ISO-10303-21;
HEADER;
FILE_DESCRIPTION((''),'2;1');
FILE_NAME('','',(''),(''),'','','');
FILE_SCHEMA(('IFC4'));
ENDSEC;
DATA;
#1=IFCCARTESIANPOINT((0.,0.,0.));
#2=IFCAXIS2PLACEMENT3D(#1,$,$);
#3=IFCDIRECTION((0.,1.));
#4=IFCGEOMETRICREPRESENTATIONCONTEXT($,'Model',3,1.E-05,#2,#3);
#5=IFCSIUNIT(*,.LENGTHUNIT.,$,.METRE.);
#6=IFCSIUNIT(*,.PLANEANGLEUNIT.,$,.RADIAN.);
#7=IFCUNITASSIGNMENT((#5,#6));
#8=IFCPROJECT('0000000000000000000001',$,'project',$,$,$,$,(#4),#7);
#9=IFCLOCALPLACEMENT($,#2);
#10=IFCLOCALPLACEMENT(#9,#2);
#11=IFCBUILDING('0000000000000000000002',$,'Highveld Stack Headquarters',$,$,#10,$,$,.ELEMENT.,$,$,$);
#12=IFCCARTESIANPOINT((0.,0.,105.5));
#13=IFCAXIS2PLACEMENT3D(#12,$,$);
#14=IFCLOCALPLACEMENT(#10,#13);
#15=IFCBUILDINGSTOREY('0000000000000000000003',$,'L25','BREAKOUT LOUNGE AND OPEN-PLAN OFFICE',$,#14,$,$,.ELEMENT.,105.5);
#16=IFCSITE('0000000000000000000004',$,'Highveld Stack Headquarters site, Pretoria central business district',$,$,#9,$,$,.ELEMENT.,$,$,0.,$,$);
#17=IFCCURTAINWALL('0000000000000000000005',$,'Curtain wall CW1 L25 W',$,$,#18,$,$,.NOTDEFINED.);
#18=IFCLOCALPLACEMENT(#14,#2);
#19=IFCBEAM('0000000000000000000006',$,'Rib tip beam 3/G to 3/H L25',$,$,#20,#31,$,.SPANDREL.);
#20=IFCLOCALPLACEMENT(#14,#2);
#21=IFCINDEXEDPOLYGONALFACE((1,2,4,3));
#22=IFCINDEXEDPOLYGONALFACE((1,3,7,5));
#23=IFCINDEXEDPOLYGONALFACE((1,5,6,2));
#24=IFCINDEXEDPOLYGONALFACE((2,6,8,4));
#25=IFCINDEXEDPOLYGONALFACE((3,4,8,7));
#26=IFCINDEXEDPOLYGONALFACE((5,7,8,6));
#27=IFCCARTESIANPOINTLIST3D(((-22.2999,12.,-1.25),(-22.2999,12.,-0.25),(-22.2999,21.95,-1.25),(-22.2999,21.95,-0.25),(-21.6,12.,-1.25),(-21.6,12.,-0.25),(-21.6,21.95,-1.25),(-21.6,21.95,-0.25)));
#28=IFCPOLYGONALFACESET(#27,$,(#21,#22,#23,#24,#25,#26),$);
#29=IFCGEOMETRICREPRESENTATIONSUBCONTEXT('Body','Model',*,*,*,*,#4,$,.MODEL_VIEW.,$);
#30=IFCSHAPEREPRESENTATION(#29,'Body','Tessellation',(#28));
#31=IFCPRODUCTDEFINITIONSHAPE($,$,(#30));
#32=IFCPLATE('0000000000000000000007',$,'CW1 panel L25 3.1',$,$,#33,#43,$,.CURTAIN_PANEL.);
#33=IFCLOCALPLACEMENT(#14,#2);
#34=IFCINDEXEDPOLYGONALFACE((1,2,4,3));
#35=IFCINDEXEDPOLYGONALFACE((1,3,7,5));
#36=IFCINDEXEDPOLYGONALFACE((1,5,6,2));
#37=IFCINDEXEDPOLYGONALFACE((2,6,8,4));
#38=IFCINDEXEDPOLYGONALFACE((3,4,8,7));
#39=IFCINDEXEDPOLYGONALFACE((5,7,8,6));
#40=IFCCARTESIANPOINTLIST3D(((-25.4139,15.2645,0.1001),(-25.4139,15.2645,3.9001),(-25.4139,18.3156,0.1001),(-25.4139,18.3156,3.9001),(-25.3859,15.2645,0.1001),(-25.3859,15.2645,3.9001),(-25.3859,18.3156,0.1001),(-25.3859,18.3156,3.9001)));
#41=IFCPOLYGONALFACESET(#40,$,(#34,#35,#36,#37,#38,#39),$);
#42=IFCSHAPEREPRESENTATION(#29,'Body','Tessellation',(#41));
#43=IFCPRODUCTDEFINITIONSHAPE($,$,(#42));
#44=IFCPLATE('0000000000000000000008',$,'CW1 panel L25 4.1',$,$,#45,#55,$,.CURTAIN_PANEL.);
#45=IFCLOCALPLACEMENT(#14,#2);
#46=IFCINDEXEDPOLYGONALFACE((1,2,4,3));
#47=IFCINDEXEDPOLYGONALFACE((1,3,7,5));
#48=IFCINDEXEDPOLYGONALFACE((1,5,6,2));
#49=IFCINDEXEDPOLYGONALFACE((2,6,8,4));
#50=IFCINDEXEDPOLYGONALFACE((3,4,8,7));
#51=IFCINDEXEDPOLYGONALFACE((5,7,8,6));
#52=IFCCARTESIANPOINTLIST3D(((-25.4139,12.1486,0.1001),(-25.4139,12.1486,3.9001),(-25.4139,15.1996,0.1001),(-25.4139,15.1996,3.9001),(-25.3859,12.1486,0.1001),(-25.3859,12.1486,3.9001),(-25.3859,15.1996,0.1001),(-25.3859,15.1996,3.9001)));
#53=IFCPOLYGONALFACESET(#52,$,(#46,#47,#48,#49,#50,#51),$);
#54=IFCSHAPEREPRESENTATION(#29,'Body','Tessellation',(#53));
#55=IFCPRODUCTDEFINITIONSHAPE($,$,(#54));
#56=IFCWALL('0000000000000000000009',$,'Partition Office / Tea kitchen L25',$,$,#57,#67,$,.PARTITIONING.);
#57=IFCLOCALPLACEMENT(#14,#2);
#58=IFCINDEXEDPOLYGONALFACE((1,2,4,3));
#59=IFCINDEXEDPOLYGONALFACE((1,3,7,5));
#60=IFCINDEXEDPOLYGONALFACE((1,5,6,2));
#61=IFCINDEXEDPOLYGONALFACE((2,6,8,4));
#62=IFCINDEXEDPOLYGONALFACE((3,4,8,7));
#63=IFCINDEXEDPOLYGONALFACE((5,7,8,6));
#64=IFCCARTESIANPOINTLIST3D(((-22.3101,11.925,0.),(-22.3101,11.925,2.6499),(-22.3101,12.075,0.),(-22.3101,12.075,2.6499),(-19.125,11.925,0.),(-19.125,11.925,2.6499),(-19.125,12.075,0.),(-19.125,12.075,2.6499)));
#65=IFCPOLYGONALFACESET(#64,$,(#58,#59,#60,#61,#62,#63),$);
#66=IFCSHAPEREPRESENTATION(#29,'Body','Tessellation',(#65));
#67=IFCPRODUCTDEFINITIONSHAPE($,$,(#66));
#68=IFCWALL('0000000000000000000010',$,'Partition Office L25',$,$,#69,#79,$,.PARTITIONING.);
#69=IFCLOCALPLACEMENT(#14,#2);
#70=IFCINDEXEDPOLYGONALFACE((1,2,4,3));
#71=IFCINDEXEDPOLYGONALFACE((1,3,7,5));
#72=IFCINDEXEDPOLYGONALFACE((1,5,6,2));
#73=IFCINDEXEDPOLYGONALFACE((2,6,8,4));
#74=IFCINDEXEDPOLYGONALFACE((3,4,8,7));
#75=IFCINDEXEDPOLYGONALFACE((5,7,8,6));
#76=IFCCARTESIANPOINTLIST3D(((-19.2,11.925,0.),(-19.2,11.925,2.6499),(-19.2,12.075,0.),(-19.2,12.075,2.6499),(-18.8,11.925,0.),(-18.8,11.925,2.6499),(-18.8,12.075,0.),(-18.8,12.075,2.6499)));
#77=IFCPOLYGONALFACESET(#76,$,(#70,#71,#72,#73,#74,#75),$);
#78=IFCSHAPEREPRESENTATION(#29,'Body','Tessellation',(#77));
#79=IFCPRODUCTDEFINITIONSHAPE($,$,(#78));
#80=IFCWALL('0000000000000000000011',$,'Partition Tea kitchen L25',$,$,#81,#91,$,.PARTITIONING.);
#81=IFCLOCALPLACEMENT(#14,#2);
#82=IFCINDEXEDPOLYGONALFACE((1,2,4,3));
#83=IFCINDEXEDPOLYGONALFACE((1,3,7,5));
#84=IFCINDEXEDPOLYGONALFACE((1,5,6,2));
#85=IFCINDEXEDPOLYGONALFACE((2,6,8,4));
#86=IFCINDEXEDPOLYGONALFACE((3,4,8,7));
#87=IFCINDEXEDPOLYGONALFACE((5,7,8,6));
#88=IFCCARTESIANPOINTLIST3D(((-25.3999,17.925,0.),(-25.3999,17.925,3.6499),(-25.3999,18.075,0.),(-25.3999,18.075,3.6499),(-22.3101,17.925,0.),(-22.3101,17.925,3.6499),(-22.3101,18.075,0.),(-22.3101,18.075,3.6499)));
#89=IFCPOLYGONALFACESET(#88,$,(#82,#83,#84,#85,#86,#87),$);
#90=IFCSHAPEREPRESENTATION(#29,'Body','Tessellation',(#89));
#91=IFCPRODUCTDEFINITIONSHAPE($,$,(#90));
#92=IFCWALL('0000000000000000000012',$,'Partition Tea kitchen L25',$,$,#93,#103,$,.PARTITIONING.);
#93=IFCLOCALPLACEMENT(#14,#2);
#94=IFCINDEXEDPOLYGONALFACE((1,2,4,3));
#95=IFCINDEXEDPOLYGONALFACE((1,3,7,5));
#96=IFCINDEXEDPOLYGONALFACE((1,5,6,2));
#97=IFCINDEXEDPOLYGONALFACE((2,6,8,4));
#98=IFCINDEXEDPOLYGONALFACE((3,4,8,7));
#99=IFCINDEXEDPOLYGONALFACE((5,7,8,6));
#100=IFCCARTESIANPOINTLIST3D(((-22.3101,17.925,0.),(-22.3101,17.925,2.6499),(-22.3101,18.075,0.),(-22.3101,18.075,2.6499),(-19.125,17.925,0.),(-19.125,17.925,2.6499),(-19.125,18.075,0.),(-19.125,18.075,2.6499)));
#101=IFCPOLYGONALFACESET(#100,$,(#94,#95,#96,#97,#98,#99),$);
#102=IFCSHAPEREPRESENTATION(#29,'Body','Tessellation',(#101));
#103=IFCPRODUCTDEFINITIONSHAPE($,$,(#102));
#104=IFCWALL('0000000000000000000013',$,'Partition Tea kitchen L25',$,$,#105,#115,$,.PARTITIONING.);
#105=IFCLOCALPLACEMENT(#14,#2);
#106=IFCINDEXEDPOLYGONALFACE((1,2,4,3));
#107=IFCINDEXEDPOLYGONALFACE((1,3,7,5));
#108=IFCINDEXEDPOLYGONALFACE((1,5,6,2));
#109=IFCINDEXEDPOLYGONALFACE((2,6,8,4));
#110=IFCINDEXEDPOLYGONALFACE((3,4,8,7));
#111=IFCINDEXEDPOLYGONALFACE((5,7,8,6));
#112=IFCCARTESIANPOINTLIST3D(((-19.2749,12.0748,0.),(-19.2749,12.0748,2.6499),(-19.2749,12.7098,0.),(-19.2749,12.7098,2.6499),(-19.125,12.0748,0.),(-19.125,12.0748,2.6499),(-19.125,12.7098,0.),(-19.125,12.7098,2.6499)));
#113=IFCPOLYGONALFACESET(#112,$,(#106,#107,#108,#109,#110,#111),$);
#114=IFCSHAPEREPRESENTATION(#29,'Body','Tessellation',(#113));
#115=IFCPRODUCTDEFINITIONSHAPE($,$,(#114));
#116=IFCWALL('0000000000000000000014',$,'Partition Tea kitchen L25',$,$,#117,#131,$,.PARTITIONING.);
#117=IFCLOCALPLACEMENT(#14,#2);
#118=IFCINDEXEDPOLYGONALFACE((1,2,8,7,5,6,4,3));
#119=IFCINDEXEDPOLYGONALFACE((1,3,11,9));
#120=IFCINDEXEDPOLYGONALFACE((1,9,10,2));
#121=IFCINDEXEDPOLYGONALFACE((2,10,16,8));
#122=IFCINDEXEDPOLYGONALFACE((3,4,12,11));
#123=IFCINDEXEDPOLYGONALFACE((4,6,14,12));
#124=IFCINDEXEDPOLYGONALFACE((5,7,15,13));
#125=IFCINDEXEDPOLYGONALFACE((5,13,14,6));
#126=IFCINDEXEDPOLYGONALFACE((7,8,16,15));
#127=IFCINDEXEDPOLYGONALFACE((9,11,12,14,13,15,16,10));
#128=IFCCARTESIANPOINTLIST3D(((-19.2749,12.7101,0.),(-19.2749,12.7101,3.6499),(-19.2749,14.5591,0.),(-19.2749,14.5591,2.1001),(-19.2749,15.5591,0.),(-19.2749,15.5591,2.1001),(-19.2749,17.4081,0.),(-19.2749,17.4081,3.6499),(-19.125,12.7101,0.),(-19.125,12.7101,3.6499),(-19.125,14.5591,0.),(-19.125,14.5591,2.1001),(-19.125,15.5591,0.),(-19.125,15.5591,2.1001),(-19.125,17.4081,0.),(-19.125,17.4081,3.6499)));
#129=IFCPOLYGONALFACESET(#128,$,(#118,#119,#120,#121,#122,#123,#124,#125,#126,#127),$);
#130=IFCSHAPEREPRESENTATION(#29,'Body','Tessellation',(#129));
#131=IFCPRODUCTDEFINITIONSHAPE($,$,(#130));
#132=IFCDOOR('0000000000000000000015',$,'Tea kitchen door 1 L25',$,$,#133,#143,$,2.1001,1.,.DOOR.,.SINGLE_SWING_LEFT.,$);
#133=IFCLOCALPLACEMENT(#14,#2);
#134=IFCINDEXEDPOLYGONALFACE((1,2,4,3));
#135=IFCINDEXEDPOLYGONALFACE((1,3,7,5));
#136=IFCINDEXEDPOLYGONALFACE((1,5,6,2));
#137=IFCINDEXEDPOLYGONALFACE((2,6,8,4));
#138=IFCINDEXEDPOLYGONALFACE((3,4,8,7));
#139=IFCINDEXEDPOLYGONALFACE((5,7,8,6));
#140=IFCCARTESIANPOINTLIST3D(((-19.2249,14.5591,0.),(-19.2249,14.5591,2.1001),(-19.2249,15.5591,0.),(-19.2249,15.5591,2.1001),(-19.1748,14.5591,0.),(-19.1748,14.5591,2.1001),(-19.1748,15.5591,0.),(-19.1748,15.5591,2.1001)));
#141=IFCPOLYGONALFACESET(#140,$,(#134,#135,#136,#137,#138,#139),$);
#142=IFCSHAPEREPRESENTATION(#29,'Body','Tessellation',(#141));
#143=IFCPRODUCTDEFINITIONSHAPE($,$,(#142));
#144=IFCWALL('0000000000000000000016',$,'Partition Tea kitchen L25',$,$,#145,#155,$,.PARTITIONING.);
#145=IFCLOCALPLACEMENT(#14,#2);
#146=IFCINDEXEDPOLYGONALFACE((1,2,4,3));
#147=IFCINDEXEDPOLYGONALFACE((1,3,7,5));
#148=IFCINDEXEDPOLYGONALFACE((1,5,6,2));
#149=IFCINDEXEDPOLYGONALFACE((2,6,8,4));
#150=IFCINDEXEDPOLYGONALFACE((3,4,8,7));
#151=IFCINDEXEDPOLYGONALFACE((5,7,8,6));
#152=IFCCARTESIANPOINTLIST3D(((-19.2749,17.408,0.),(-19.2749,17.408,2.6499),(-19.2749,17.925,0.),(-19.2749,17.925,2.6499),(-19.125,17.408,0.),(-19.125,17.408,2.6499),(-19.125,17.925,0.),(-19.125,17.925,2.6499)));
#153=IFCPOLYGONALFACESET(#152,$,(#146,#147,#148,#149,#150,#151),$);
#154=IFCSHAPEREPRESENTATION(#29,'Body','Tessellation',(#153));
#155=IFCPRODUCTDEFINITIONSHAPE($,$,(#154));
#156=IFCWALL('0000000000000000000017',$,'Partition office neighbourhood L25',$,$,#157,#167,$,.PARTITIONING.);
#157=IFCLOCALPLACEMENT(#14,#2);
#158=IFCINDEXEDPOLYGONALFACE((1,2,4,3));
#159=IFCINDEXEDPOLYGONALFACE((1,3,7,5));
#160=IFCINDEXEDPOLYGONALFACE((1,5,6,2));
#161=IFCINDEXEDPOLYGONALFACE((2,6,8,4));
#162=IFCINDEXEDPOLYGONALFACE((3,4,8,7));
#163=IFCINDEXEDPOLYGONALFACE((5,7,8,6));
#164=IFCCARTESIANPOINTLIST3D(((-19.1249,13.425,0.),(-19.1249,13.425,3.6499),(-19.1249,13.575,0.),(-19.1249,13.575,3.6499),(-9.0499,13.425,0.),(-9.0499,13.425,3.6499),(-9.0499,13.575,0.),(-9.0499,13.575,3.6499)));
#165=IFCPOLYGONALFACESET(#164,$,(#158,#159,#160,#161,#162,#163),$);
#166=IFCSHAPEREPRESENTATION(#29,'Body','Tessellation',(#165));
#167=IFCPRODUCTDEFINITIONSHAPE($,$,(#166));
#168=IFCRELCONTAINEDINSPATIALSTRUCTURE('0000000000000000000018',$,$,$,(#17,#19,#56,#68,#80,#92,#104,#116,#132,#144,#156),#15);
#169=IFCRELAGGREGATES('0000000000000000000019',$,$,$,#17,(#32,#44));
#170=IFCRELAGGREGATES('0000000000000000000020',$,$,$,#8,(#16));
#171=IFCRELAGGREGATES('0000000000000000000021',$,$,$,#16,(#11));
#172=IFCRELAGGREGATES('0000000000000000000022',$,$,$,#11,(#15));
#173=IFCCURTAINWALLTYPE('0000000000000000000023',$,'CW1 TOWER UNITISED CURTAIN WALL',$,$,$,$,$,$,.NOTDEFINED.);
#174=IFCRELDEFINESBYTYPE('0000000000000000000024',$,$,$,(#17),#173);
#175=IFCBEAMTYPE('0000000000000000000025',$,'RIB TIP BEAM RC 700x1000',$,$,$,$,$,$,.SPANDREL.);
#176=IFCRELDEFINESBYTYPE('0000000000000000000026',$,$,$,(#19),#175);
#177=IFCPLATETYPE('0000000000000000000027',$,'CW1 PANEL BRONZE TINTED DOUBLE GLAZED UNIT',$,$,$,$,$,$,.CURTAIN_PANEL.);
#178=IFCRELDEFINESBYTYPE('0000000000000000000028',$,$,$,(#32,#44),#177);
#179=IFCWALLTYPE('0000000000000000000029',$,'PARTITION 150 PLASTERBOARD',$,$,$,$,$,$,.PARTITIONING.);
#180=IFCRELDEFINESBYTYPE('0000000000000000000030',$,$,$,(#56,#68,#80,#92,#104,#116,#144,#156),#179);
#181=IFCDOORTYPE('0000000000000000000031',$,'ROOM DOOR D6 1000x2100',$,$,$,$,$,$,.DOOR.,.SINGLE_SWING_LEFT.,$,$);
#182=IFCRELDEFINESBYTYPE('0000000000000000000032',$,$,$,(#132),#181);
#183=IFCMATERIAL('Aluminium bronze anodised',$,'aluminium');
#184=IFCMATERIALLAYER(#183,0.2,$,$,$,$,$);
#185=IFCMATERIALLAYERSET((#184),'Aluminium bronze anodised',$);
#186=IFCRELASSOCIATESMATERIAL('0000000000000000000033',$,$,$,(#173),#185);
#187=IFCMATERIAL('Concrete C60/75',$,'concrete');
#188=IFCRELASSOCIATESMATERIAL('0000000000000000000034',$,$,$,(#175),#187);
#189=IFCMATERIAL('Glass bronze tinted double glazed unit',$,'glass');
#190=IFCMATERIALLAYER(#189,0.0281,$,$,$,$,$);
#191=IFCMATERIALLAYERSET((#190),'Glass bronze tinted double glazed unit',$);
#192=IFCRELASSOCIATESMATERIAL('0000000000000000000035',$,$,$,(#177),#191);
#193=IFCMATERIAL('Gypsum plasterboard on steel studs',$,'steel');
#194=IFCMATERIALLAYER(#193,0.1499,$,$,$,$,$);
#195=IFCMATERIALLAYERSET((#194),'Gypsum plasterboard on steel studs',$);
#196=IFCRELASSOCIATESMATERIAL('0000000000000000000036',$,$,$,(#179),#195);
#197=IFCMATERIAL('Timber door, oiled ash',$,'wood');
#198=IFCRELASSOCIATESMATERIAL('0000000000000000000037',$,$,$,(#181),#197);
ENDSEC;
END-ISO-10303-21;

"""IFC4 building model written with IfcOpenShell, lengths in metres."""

from ifc_helpers import new_model, si_unit, direction, frame, frame_2d, origin, origin_2d, place, context, subcontext, project, spatial, rectangle, extrude, material, layer, layer_set, material_profile, profile_set, type_object, element, fill, aggregate, save


model = new_model("IFC4")

# Units and contexts
model_context = context("Model", 3, precision=1e-05, world=origin(), true_north=direction((0.0, 1.0)))
body_context = subcontext(model_context, "Body", "Model", "MODEL_VIEW")
ifc_project = project(units=[si_unit("LENGTHUNIT", "METRE"), si_unit("PLANEANGLEUNIT", "RADIAN")], contexts=[model_context])

# Site, building, storey
site_placement = place(None, origin())
site = spatial("IfcSite", under=ifc_project, at=site_placement, Name="Highveld Stack Headquarters site, Pretoria central business district", CompositionType="ELEMENT", RefElevation=0.0)
building_placement = place(site_placement, origin())
building = spatial("IfcBuilding", under=site, at=building_placement, Name="Highveld Stack Headquarters", CompositionType="ELEMENT")
storey_placement = place(building_placement, frame((0.0, 0.0, 105.5)))
storey = spatial("IfcBuildingStorey", under=building, at=storey_placement, Name="L25", Description="BREAKOUT LOUNGE AND OPEN-PLAN OFFICE", CompositionType="ELEMENT", Elevation=105.5)

# Curtain wall
ifc_material_1 = material(Name="Aluminium bronze anodised", Category="aluminium")
ifc_layer_1 = layer(ifc_material_1, 0.2)
ifc_layer_set_1 = layer_set([ifc_layer_1], Name="Aluminium bronze anodised")
curtain_wall_type = type_object("IfcCurtainWallType", Name="CW1 TOWER UNITISED CURTAIN WALL", PredefinedType="NOTDEFINED", material=ifc_layer_set_1)
curtain_wall_placement = place(storey_placement, origin())
curtain_wall = element("IfcCurtainWall", 1, at=curtain_wall_placement, inside=storey, type_object=curtain_wall_type, Name="Curtain wall CW1 L25 W", PredefinedType="NOTDEFINED")

# Beam
ifc_material_2 = material(Name="Concrete C60/75", Category="concrete")
ifc_material_profile_1 = material_profile(ifc_material_2, rectangle(XDim=0.7, YDim=1.0, at=origin_2d()), Name="RC 700x1000")
ifc_profile_set_1 = profile_set([ifc_material_profile_1], Name="Concrete C60/75")
beam_type_1 = type_object("IfcBeamType", Name="RIB TIP BEAM RC 700x1000", PredefinedType="SPANDREL", material=ifc_profile_set_1)
beam_1_placement = place(storey_placement, frame((-21.95, 12.0, -0.75), z_axis=(0.0, 1.0, 0.0), x_axis=(-1.0, 0.0, 0.0)))
element("IfcBeam", 2, at=beam_1_placement, inside=storey, type_object=beam_type_1, Name="Rib tip beam 3/G to 3/H L25", PredefinedType="SPANDREL", context=body_context, shape_type="SweptSolid", body=[
    extrude(rectangle(XDim=0.7, YDim=1.0, at=origin_2d()), origin(), (0.0, 0.0, 1.0), 9.95),
])

# Plates
ifc_material_3 = material(Name="Glass bronze tinted double glazed unit", Category="glass")
ifc_layer_2 = layer(ifc_material_3, 0.0281)
ifc_layer_set_2 = layer_set([ifc_layer_2], Name="Glass bronze tinted double glazed unit")
plate_type = type_object("IfcPlateType", Name="CW1 PANEL BRONZE TINTED DOUBLE GLAZED UNIT", PredefinedType="CURTAIN_PANEL", material=ifc_layer_set_2)
plate_1_placement = place(storey_placement, frame((-25.3999, 16.79, 0.1001), z_axis=(0.0, 0.0, 1.0), x_axis=(0.0, -1.0, 0.0)))
plate_1 = element("IfcPlate", 3, at=plate_1_placement, type_object=plate_type, Name="CW1 panel L25 3.1", PredefinedType="CURTAIN_PANEL", context=body_context, shape_type="SweptSolid", body=[
    extrude(rectangle(XDim=3.051, YDim=0.0281, at=origin_2d()), origin(), (0.0, 0.0, 1.0), 3.8),
])
plate_2_placement = place(storey_placement, frame((-25.3999, 13.6741, 0.1001), z_axis=(0.0, 0.0, 1.0), x_axis=(0.0, -1.0, 0.0)))
plate_2 = element("IfcPlate", 4, at=plate_2_placement, type_object=plate_type, Name="CW1 panel L25 4.1", PredefinedType="CURTAIN_PANEL", context=body_context, shape_type="SweptSolid", body=[
    extrude(rectangle(XDim=3.051, YDim=0.0281, at=origin_2d()), origin(), (0.0, 0.0, 1.0), 3.8),
])
aggregate(curtain_wall, [plate_1, plate_2])

# Walls
ifc_material_4 = material(Name="Gypsum plasterboard on steel studs", Category="steel")
ifc_layer_3 = layer(ifc_material_4, 0.1499)
ifc_layer_set_3 = layer_set([ifc_layer_3], Name="Gypsum plasterboard on steel studs")
wall_type = type_object("IfcWallType", Name="PARTITION 150 PLASTERBOARD", PredefinedType="PARTITIONING", material=ifc_layer_set_3)
wall_1_placement = place(storey_placement, frame((-22.3101, 12.0, 0.0), z_axis=(0.0, 0.0, 1.0), x_axis=(1.0, 0.0, 0.0)))
element("IfcWall", 5, at=wall_1_placement, inside=storey, type_object=wall_type, Name="Partition Office / Tea kitchen L25", PredefinedType="PARTITIONING", context=body_context, shape_type="SweptSolid", body=[
    extrude(rectangle(XDim=3.1851, YDim=0.1499, at=frame_2d((1.5925, 0.0))), origin(), (0.0, 0.0, 1.0), 2.6499),
])
wall_2_placement = place(storey_placement, frame((-19.2, 12.0, 0.0), z_axis=(0.0, 0.0, 1.0), x_axis=(1.0, 0.0, 0.0)))
element("IfcWall", 6, at=wall_2_placement, inside=storey, type_object=wall_type, Name="Partition Office L25", PredefinedType="PARTITIONING", context=body_context, shape_type="SweptSolid", body=[
    extrude(rectangle(XDim=0.3999, YDim=0.1499, at=frame_2d((0.2, 0.0))), origin(), (0.0, 0.0, 1.0), 2.6499),
])
wall_3_placement = place(storey_placement, frame((-25.3999, 18.0, 0.0), z_axis=(0.0, 0.0, 1.0), x_axis=(1.0, 0.0, 0.0)))
element("IfcWall", 7, at=wall_3_placement, inside=storey, type_object=wall_type, Name="Partition Tea kitchen L25", PredefinedType="PARTITIONING", context=body_context, shape_type="SweptSolid", body=[
    extrude(rectangle(XDim=3.0898, YDim=0.1499, at=frame_2d((1.5449, 0.0))), origin(), (0.0, 0.0, 1.0), 3.6499),
])
wall_4_placement = place(storey_placement, frame((-22.3101, 18.0, 0.0), z_axis=(0.0, 0.0, 1.0), x_axis=(1.0, 0.0, 0.0)))
element("IfcWall", 8, at=wall_4_placement, inside=storey, type_object=wall_type, Name="Partition Tea kitchen L25", PredefinedType="PARTITIONING", context=body_context, shape_type="SweptSolid", body=[
    extrude(rectangle(XDim=3.1851, YDim=0.1499, at=frame_2d((1.5925, 0.0))), origin(), (0.0, 0.0, 1.0), 2.6499),
])
wall_5_placement = place(storey_placement, frame((-19.2, 12.075, 0.0), z_axis=(0.0, 0.0, 1.0), x_axis=(0.0, 1.0, 0.0)))
element("IfcWall", 9, at=wall_5_placement, inside=storey, type_object=wall_type, Name="Partition Tea kitchen L25", PredefinedType="PARTITIONING", context=body_context, shape_type="SweptSolid", body=[
    extrude(rectangle(XDim=0.635, YDim=0.1499, at=frame_2d((0.3174, 0.0))), origin(), (0.0, 0.0, 1.0), 2.6499),
])

# Wall, opening, door
wall_6_placement = place(storey_placement, frame((-19.2, 12.71, 0.0), z_axis=(0.0, 0.0, 1.0), x_axis=(0.0, 1.0, 0.0)))
wall_6 = element("IfcWall", 10, at=wall_6_placement, inside=storey, type_object=wall_type, Name="Partition Tea kitchen L25", PredefinedType="PARTITIONING", context=body_context, shape_type="SweptSolid", body=[
    extrude(rectangle(XDim=4.698, YDim=0.1499, at=frame_2d((2.3491, 0.0))), origin(), (0.0, 0.0, 1.0), 3.6499),
])
opening_placement = place(wall_6_placement, frame((1.8491, 0.0, 0.0)))
opening = element("IfcOpeningElement", 11, at=opening_placement, cuts=wall_6, PredefinedType="OPENING", context=body_context, shape_type="SweptSolid", body=[
    extrude(rectangle(XDim=1.0, YDim=2.1001, at=frame_2d((0.5, 1.05))), frame((0.0, 0.085, 0.0), z_axis=(0.0, -1.0, 0.0), x_axis=(1.0, 0.0, 0.0)), (0.0, 0.0, 1.0), 0.1699),
])
ifc_material_5 = material(Name="Timber door, oiled ash", Category="wood")
door_type = type_object("IfcDoorType", Name="ROOM DOOR D6 1000x2100", OperationType="SINGLE_SWING_LEFT", PredefinedType="DOOR", material=ifc_material_5)
door_placement = place(opening_placement, origin())
door = element("IfcDoor", 12, at=door_placement, inside=storey, type_object=door_type, Name="Tea kitchen door 1 L25", OperationType="SINGLE_SWING_LEFT", OverallHeight=2.1001, OverallWidth=1.0, PredefinedType="DOOR", context=body_context, shape_type="SweptSolid", body=[
    extrude(rectangle(XDim=1.0, YDim=2.1001, at=frame_2d((0.5, 1.05))), frame((0.0, 0.0249, 0.0), z_axis=(0.0, -1.0, 0.0), x_axis=(1.0, 0.0, 0.0)), (0.0, 0.0, 1.0), 0.05),
])
fill(opening, door)

# Walls
wall_7_placement = place(storey_placement, frame((-19.2, 17.408, 0.0), z_axis=(0.0, 0.0, 1.0), x_axis=(0.0, 1.0, 0.0)))
element("IfcWall", 13, at=wall_7_placement, inside=storey, type_object=wall_type, Name="Partition Tea kitchen L25", PredefinedType="PARTITIONING", context=body_context, shape_type="SweptSolid", body=[
    extrude(rectangle(XDim=0.5171, YDim=0.1499, at=frame_2d((0.2585, 0.0))), origin(), (0.0, 0.0, 1.0), 2.6499),
])
wall_8_placement = place(storey_placement, frame((-19.125, 13.5, 0.0), z_axis=(0.0, 0.0, 1.0), x_axis=(1.0, 0.0, 0.0)))
element("IfcWall", 14, at=wall_8_placement, inside=storey, type_object=wall_type, Name="Partition office neighbourhood L25", PredefinedType="PARTITIONING", context=body_context, shape_type="SweptSolid", body=[
    extrude(rectangle(XDim=10.075, YDim=0.1499, at=frame_2d((5.0376, 0.0))), origin(), (0.0, 0.0, 1.0), 3.6499),
])

save(model, "model.ifc")
